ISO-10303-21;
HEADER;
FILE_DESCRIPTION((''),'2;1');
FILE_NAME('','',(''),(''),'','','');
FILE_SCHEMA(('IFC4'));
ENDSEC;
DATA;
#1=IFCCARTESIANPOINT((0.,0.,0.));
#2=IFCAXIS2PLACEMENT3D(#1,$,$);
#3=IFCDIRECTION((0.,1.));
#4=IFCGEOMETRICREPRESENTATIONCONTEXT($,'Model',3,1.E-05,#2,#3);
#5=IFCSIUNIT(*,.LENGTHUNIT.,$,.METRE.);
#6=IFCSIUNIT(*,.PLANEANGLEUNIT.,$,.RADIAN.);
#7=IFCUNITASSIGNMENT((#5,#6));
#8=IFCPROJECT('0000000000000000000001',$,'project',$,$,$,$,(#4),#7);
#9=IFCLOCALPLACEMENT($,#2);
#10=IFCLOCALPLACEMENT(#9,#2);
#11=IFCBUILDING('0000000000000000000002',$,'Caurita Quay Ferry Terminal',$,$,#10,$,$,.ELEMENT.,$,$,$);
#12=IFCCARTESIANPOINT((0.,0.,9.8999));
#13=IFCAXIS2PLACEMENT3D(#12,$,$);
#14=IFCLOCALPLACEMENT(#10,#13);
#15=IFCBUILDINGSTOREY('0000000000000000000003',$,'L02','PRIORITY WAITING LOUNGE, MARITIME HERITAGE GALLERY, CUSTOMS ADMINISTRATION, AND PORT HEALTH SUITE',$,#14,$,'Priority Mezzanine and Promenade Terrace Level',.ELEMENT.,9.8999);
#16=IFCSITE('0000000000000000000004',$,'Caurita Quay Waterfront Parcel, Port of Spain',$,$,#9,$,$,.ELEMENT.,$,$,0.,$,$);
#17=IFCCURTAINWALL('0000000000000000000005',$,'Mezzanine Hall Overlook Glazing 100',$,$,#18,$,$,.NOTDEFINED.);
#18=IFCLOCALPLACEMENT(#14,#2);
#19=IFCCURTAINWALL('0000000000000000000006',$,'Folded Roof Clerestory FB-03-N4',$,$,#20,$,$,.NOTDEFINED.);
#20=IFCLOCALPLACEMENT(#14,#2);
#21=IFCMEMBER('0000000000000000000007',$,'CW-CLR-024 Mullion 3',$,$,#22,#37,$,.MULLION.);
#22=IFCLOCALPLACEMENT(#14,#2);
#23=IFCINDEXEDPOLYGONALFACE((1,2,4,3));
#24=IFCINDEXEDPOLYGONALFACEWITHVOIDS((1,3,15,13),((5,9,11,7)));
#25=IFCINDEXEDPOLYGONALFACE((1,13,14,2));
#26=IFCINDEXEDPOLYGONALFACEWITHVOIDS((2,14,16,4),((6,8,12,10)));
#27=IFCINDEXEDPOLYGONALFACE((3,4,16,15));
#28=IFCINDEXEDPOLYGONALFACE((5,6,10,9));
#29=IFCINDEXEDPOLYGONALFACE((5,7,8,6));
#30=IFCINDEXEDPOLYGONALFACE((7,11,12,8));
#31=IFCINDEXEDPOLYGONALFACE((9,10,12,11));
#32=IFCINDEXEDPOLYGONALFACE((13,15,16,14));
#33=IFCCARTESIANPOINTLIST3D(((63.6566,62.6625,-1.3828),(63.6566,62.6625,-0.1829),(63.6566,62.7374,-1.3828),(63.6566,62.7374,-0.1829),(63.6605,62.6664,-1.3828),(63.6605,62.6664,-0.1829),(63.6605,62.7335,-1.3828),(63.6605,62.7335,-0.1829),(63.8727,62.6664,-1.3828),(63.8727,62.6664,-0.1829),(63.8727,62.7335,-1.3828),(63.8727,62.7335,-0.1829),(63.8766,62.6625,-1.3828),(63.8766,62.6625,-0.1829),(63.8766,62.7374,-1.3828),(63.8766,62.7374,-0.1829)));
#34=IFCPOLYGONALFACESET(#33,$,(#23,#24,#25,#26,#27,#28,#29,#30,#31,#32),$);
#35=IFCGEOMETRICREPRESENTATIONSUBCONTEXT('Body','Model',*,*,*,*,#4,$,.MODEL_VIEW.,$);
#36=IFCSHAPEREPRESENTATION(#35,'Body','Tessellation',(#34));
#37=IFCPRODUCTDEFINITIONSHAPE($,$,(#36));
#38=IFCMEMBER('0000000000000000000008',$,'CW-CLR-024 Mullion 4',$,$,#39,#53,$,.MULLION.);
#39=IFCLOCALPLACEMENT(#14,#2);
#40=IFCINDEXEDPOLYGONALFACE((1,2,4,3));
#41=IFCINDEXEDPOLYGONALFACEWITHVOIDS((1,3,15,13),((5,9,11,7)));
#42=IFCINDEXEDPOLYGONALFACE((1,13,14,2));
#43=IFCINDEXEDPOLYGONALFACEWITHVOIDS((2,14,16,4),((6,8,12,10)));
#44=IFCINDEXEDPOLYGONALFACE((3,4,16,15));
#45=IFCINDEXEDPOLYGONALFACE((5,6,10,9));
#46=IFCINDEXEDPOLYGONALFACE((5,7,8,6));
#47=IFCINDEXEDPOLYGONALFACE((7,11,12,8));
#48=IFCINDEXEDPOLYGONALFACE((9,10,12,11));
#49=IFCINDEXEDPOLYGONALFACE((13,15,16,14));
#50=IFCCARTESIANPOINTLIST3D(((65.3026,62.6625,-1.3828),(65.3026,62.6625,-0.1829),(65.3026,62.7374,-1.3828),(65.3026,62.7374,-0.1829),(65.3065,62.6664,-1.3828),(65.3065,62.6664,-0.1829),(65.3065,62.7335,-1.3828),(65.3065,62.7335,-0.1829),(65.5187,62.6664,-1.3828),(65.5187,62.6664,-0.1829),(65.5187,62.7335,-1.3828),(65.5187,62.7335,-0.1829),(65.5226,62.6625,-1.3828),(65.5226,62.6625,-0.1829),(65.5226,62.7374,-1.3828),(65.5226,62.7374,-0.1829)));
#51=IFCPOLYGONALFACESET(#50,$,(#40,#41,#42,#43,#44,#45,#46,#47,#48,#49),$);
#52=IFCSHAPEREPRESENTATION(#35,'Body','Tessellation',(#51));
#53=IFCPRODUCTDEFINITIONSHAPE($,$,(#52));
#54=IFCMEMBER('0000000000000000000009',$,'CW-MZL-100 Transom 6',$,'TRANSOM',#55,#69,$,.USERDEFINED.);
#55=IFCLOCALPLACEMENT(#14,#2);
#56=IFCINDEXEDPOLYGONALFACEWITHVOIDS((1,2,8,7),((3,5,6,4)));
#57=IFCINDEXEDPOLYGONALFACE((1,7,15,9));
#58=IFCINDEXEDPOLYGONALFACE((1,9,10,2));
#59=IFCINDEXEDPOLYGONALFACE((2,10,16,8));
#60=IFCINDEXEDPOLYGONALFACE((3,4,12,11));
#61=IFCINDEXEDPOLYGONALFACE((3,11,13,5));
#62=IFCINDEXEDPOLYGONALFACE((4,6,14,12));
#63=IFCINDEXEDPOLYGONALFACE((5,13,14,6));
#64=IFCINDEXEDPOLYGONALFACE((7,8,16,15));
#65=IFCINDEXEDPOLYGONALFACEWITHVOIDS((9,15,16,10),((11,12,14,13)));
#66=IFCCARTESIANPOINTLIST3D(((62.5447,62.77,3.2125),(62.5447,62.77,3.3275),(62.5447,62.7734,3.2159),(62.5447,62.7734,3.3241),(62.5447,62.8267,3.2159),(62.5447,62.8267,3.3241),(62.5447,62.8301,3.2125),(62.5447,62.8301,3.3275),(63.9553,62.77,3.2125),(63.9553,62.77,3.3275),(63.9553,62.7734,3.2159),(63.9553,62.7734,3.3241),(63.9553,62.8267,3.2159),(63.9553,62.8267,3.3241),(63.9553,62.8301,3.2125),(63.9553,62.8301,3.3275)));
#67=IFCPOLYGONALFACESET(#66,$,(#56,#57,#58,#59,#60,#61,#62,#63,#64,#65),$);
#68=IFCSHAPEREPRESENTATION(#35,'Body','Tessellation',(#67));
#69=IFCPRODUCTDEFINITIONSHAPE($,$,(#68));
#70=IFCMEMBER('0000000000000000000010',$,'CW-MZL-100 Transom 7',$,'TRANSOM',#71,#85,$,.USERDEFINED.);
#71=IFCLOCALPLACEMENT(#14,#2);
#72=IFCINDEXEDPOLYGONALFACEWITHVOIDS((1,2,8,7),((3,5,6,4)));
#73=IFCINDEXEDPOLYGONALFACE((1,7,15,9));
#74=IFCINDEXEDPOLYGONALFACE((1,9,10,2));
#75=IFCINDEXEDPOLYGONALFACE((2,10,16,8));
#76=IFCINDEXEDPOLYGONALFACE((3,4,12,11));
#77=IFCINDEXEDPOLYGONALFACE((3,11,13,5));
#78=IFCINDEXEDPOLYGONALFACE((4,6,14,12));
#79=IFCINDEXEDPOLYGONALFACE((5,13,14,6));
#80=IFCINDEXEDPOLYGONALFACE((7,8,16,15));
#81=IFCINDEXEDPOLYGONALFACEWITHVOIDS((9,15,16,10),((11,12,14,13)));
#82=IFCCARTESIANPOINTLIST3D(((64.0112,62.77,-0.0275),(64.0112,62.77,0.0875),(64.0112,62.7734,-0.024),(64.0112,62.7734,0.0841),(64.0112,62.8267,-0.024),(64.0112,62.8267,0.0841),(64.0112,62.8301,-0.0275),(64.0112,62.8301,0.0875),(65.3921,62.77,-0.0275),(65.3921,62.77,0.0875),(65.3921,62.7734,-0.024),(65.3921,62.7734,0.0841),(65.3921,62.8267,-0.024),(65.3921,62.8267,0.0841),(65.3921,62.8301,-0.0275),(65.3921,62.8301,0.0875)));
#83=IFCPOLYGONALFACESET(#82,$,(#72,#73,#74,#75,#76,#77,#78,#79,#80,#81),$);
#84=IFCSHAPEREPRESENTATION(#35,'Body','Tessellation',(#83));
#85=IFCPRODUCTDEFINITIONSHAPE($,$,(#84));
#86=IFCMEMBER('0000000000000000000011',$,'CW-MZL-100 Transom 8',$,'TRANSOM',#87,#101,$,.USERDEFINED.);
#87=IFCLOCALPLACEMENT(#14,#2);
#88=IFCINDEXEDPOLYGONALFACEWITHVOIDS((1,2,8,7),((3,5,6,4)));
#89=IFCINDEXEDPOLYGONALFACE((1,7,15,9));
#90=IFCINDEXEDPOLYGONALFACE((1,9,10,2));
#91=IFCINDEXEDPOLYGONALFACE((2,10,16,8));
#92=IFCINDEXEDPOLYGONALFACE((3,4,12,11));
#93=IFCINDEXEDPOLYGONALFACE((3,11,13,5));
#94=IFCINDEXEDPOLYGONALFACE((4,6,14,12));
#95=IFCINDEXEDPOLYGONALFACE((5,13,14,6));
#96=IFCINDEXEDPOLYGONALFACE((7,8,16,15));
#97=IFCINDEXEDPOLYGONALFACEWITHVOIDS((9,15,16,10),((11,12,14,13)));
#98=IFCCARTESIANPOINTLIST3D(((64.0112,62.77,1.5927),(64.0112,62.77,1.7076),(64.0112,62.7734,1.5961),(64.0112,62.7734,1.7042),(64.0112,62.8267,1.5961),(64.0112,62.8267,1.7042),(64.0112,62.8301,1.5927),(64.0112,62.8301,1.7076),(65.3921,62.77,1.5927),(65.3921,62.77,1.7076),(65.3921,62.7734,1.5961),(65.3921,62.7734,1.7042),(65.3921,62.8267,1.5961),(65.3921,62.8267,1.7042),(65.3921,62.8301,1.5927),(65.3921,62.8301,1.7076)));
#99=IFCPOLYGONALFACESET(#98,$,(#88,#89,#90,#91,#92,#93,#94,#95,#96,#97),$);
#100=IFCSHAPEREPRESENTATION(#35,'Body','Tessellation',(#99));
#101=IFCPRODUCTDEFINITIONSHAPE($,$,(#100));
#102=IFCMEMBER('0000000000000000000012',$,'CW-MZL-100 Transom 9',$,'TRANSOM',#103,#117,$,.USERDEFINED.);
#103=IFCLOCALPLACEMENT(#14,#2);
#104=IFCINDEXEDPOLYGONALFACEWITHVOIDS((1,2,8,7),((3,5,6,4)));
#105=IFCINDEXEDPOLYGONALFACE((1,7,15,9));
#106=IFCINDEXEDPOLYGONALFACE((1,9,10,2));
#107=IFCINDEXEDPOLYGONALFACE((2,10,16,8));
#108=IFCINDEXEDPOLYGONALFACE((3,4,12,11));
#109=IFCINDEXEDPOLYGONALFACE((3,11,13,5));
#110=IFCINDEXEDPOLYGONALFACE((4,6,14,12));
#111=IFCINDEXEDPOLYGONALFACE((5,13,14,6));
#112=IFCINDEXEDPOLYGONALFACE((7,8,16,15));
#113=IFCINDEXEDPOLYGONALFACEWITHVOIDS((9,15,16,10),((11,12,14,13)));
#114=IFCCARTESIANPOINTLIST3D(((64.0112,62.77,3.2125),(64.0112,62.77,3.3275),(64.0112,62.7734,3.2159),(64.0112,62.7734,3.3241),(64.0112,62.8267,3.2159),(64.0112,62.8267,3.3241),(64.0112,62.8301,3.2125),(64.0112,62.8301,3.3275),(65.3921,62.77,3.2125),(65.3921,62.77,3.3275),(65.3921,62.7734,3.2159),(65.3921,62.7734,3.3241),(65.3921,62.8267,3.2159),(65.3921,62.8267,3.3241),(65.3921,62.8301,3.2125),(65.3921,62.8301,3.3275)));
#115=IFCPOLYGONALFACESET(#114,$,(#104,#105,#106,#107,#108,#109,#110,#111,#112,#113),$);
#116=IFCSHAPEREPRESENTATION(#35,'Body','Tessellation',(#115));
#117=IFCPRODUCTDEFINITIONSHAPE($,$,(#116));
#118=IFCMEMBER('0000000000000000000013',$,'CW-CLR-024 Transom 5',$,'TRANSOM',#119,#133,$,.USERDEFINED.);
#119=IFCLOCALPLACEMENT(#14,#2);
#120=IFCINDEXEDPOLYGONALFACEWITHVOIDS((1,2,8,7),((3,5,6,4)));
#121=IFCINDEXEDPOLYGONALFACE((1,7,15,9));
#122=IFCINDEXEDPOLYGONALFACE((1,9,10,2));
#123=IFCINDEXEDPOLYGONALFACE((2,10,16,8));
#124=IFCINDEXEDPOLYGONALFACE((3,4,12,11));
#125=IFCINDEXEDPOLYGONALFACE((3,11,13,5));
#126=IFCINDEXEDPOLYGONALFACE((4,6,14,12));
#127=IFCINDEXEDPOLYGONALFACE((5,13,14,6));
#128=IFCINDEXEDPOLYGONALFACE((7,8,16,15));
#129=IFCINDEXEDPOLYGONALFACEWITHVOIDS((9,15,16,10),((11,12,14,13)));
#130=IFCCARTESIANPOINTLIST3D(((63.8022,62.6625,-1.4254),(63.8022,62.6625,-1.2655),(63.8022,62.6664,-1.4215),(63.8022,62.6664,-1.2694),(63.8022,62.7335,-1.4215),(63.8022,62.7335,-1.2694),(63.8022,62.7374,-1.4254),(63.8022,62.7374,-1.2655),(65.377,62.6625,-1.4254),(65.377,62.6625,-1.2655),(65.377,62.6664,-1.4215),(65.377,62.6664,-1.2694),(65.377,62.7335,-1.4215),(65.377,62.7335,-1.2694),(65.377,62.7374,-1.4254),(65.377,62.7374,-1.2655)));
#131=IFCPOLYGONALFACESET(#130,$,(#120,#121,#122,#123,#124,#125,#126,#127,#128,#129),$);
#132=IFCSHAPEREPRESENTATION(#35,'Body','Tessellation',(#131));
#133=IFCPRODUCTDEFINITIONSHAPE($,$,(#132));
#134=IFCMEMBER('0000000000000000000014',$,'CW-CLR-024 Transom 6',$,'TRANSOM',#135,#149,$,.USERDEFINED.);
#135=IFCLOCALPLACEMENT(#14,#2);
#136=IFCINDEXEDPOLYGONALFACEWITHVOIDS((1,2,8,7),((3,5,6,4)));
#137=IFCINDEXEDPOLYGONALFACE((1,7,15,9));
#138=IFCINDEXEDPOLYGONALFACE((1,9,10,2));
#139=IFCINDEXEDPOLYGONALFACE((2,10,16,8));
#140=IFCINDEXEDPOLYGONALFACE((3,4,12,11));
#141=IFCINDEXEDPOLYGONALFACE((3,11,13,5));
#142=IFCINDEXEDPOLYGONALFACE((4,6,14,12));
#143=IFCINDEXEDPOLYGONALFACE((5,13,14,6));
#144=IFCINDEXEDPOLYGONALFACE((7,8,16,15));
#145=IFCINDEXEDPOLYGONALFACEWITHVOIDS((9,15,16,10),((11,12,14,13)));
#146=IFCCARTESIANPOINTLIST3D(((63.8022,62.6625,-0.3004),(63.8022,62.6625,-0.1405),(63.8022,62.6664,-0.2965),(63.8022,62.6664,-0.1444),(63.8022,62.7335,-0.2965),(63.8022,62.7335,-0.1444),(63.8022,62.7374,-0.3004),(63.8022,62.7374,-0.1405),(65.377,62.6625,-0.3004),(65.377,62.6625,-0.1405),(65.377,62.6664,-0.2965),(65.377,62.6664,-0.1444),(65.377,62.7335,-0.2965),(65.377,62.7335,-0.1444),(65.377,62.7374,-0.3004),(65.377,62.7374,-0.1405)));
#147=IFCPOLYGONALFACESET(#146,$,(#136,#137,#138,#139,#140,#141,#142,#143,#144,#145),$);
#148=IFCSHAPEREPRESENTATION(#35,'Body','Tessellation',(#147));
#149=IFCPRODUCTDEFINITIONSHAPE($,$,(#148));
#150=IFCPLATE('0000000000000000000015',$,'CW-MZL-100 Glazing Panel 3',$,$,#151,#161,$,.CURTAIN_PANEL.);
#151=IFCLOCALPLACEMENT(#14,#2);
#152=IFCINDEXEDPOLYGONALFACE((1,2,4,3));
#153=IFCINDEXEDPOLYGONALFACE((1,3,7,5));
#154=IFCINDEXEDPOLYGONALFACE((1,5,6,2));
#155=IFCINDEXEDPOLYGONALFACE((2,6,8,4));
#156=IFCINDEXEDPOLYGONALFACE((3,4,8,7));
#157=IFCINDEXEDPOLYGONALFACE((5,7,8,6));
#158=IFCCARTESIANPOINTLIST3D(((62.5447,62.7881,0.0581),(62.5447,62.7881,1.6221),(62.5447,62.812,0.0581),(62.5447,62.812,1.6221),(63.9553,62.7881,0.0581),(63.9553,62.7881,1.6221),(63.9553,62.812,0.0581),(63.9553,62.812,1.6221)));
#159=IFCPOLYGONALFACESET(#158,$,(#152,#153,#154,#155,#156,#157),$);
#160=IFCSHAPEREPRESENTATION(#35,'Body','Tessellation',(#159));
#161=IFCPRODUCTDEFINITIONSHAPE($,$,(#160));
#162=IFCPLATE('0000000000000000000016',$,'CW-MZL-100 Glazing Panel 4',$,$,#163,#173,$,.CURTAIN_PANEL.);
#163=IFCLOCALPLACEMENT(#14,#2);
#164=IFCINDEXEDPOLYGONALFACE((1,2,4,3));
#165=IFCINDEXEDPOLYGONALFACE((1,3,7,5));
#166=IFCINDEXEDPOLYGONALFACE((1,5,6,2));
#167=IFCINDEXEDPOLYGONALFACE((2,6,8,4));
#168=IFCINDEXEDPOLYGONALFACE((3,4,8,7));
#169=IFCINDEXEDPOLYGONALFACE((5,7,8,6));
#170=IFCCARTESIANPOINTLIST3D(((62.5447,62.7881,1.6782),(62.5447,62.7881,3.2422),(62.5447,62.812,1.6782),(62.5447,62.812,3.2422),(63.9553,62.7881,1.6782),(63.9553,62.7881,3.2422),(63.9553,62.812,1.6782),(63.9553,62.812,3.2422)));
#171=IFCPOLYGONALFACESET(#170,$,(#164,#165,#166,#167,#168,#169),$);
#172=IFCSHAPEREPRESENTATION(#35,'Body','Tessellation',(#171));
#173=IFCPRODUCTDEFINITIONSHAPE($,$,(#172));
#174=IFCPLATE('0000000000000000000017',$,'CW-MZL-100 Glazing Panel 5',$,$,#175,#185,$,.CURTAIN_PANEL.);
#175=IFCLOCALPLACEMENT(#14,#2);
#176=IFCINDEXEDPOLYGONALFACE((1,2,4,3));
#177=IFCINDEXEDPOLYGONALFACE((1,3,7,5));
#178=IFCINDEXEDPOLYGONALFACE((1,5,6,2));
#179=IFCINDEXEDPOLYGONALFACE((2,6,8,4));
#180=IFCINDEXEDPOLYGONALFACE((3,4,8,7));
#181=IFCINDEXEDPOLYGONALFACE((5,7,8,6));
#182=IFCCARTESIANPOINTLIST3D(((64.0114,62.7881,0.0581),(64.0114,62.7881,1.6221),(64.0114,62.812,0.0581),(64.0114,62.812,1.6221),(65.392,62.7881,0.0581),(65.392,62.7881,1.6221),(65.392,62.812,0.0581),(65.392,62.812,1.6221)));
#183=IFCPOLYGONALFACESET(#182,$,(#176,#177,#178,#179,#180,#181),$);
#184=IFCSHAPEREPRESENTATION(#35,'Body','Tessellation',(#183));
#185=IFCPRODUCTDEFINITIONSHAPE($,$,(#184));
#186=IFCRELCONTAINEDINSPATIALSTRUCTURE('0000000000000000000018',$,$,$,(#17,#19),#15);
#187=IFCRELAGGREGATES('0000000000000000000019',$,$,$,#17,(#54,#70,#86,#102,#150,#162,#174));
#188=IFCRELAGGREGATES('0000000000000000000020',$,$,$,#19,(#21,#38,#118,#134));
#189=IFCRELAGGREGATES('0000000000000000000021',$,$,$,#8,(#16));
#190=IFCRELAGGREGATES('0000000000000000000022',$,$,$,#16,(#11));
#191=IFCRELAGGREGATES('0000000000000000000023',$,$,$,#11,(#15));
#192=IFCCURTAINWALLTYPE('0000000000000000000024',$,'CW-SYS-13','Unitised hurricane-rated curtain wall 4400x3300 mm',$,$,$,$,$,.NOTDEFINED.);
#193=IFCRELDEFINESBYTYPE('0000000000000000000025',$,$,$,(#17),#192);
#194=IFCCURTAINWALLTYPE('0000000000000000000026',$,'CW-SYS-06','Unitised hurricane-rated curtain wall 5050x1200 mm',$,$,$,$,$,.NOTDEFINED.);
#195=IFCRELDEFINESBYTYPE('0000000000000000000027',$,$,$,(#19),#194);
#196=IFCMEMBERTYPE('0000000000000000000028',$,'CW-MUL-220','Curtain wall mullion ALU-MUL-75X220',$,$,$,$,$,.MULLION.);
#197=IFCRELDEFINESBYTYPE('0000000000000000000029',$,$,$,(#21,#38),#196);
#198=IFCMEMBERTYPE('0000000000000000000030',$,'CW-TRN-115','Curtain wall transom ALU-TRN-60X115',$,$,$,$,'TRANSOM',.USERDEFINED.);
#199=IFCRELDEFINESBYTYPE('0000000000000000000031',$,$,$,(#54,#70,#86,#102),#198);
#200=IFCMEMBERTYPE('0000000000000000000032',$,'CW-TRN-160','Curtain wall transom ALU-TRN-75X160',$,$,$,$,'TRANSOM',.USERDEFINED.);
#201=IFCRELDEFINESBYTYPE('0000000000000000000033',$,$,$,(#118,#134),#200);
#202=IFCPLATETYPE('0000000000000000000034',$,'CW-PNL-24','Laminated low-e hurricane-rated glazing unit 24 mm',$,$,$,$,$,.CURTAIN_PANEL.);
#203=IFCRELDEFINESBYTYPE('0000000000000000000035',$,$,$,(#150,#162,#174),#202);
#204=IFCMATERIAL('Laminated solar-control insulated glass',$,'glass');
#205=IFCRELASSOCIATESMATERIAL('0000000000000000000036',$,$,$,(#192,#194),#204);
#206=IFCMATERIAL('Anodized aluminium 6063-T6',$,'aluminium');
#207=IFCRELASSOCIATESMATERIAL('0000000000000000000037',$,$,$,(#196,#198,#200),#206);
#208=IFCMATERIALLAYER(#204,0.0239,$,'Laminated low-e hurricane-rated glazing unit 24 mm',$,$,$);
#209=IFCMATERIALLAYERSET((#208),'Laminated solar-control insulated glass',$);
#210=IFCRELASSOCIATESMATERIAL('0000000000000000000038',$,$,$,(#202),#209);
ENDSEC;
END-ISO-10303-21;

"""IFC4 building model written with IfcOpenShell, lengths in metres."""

from ifc_helpers import new_model, si_unit, direction, frame, origin, origin_2d, place, context, subcontext, project, spatial, rectangle, hollow_rectangle, extrude, material, layer, layer_set, material_profile, profile_set, type_object, element, aggregate, save


model = new_model("IFC4")

# Units and contexts
model_context = context("Model", 3, precision=1e-05, world=origin(), true_north=direction((0.0, 1.0)))
body_context = subcontext(model_context, "Body", "Model", "MODEL_VIEW")
ifc_project = project(units=[si_unit("LENGTHUNIT", "METRE"), si_unit("PLANEANGLEUNIT", "RADIAN")], contexts=[model_context])

# Site, building, storey
site_placement = place(None, origin())
site = spatial("IfcSite", under=ifc_project, at=site_placement, Name="Caurita Quay Waterfront Parcel, Port of Spain", CompositionType="ELEMENT", RefElevation=0.0)
building_placement = place(site_placement, origin())
building = spatial("IfcBuilding", under=site, at=building_placement, Name="Caurita Quay Ferry Terminal", CompositionType="ELEMENT")
storey_placement = place(building_placement, frame((0.0, 0.0, 9.8999)))
storey = spatial("IfcBuildingStorey", under=building, at=storey_placement, Name="L02", Description="PRIORITY WAITING LOUNGE, MARITIME HERITAGE GALLERY, CUSTOMS ADMINISTRATION, AND PORT HEALTH SUITE", LongName="Priority Mezzanine and Promenade Terrace Level", CompositionType="ELEMENT", Elevation=9.8999)

# Curtain wall
ifc_material_1 = material(Name="Laminated solar-control insulated glass", Category="glass")
curtain_wall_type_1 = type_object("IfcCurtainWallType", Name="CW-SYS-13", Description="Unitised hurricane-rated curtain wall 4400x3300 mm", PredefinedType="NOTDEFINED", material=ifc_material_1)
curtain_wall_1_placement = place(storey_placement, origin())
curtain_wall_1 = element("IfcCurtainWall", 1, at=curtain_wall_1_placement, inside=storey, type_object=curtain_wall_type_1, Name="Mezzanine Hall Overlook Glazing 100", PredefinedType="NOTDEFINED")
ifc_material_2 = material(Name="Anodized aluminium 6063-T6", Category="aluminium")

# Curtain wall, members
curtain_wall_type_2 = type_object("IfcCurtainWallType", Name="CW-SYS-06", Description="Unitised hurricane-rated curtain wall 5050x1200 mm", PredefinedType="NOTDEFINED", material=ifc_material_1)
curtain_wall_2_placement = place(storey_placement, origin())
curtain_wall_2 = element("IfcCurtainWall", 2, at=curtain_wall_2_placement, inside=storey, type_object=curtain_wall_type_2, Name="Folded Roof Clerestory FB-03-N4", PredefinedType="NOTDEFINED")
ifc_material_profile_1 = material_profile(ifc_material_2, hollow_rectangle(XDim=0.075, YDim=0.22, WallThickness=0.0039, at=origin_2d()), Name="ALU-MUL-75X220")
ifc_profile_set_1 = profile_set([ifc_material_profile_1], Name="Anodized aluminium 6063-T6")
member_type_1 = type_object("IfcMemberType", Name="CW-MUL-220", Description="Curtain wall mullion ALU-MUL-75X220", PredefinedType="MULLION", material=ifc_profile_set_1)
member_1_placement = place(storey_placement, frame((63.7666, 62.7, -1.3828), z_axis=(0.0, 0.0, 1.0), x_axis=(0.0, 1.0, 0.0)))
member_1 = element("IfcMember", 3, at=member_1_placement, type_object=member_type_1, Name="CW-CLR-024 Mullion 3", PredefinedType="MULLION", context=body_context, shape_type="SweptSolid", body=[
    extrude(hollow_rectangle(XDim=0.075, YDim=0.22, WallThickness=0.0039, at=origin_2d()), origin(), (0.0, 0.0, 1.0), 1.2),
])
member_2_placement = place(storey_placement, frame((65.4126, 62.7, -1.3828), z_axis=(0.0, 0.0, 1.0), x_axis=(0.0, 1.0, 0.0)))
member_2 = element("IfcMember", 4, at=member_2_placement, type_object=member_type_1, Name="CW-CLR-024 Mullion 4", PredefinedType="MULLION", context=body_context, shape_type="SweptSolid", body=[
    extrude(hollow_rectangle(XDim=0.075, YDim=0.22, WallThickness=0.0039, at=origin_2d()), origin(), (0.0, 0.0, 1.0), 1.2),
])

# Members
ifc_material_profile_2 = material_profile(ifc_material_2, hollow_rectangle(XDim=0.0601, YDim=0.115, WallThickness=0.0034, at=origin_2d()), Name="ALU-TRN-60X115")
ifc_profile_set_2 = profile_set([ifc_material_profile_2], Name="Anodized aluminium 6063-T6")
member_type_2 = type_object("IfcMemberType", Name="CW-TRN-115", Description="Curtain wall transom ALU-TRN-60X115", ElementType="TRANSOM", PredefinedType="USERDEFINED", material=ifc_profile_set_2)
member_3_placement = place(storey_placement, frame((62.5447, 62.8, 3.27), z_axis=(1.0, 0.0, 0.0), x_axis=(0.0, 1.0, 0.0)))
member_3 = element("IfcMember", 5, at=member_3_placement, type_object=member_type_2, Name="CW-MZL-100 Transom 6", ObjectType="TRANSOM", PredefinedType="USERDEFINED", context=body_context, shape_type="SweptSolid", body=[
    extrude(hollow_rectangle(XDim=0.0601, YDim=0.115, WallThickness=0.0034, at=origin_2d()), origin(), (0.0, 0.0, 1.0), 1.4106),
])
member_4_placement = place(storey_placement, frame((64.0112, 62.8, 0.03), z_axis=(1.0, 0.0, 0.0), x_axis=(0.0, 1.0, 0.0)))
member_4 = element("IfcMember", 6, at=member_4_placement, type_object=member_type_2, Name="CW-MZL-100 Transom 7", ObjectType="TRANSOM", PredefinedType="USERDEFINED", context=body_context, shape_type="SweptSolid", body=[
    extrude(hollow_rectangle(XDim=0.0601, YDim=0.115, WallThickness=0.0034, at=origin_2d()), origin(), (0.0, 0.0, 1.0), 1.3809),
])
member_5_placement = place(storey_placement, frame((64.0112, 62.8, 1.6501), z_axis=(1.0, 0.0, 0.0), x_axis=(0.0, 1.0, 0.0)))
member_5 = element("IfcMember", 7, at=member_5_placement, type_object=member_type_2, Name="CW-MZL-100 Transom 8", ObjectType="TRANSOM", PredefinedType="USERDEFINED", context=body_context, shape_type="SweptSolid", body=[
    extrude(hollow_rectangle(XDim=0.0601, YDim=0.115, WallThickness=0.0034, at=origin_2d()), origin(), (0.0, 0.0, 1.0), 1.3809),
])
member_6_placement = place(storey_placement, frame((64.0112, 62.8, 3.27), z_axis=(1.0, 0.0, 0.0), x_axis=(0.0, 1.0, 0.0)))
member_6 = element("IfcMember", 8, at=member_6_placement, type_object=member_type_2, Name="CW-MZL-100 Transom 9", ObjectType="TRANSOM", PredefinedType="USERDEFINED", context=body_context, shape_type="SweptSolid", body=[
    extrude(hollow_rectangle(XDim=0.0601, YDim=0.115, WallThickness=0.0034, at=origin_2d()), origin(), (0.0, 0.0, 1.0), 1.3809),
])
ifc_material_profile_3 = material_profile(ifc_material_2, hollow_rectangle(XDim=0.075, YDim=0.1599, WallThickness=0.0039, at=origin_2d()), Name="ALU-TRN-75X160")
ifc_profile_set_3 = profile_set([ifc_material_profile_3], Name="Anodized aluminium 6063-T6")
member_type_3 = type_object("IfcMemberType", Name="CW-TRN-160", Description="Curtain wall transom ALU-TRN-75X160", ElementType="TRANSOM", PredefinedType="USERDEFINED", material=ifc_profile_set_3)
member_7_placement = place(storey_placement, frame((63.8022, 62.7, -1.3455), z_axis=(1.0, 0.0, 0.0), x_axis=(0.0, 1.0, 0.0)))
member_7 = element("IfcMember", 9, at=member_7_placement, type_object=member_type_3, Name="CW-CLR-024 Transom 5", ObjectType="TRANSOM", PredefinedType="USERDEFINED", context=body_context, shape_type="SweptSolid", body=[
    extrude(hollow_rectangle(XDim=0.075, YDim=0.1599, WallThickness=0.0039, at=origin_2d()), origin(), (0.0, 0.0, 1.0), 1.5747),
])
member_8_placement = place(storey_placement, frame((63.8022, 62.7, -0.2205), z_axis=(1.0, 0.0, 0.0), x_axis=(0.0, 1.0, 0.0)))
member_8 = element("IfcMember", 10, at=member_8_placement, type_object=member_type_3, Name="CW-CLR-024 Transom 6", ObjectType="TRANSOM", PredefinedType="USERDEFINED", context=body_context, shape_type="SweptSolid", body=[
    extrude(hollow_rectangle(XDim=0.075, YDim=0.1599, WallThickness=0.0039, at=origin_2d()), origin(), (0.0, 0.0, 1.0), 1.5747),
])

# Plates
ifc_layer_1 = layer(ifc_material_1, 0.0239, Name="Laminated low-e hurricane-rated glazing unit 24 mm")
ifc_layer_set_1 = layer_set([ifc_layer_1], Name="Laminated solar-control insulated glass")
plate_type_1 = type_object("IfcPlateType", Name="CW-PNL-24", Description="Laminated low-e hurricane-rated glazing unit 24 mm", PredefinedType="CURTAIN_PANEL", material=ifc_layer_set_1)
plate_1_placement = place(storey_placement, frame((63.25, 62.8, 0.0581), z_axis=(0.0, 0.0, 1.0), x_axis=(1.0, 0.0, 0.0)))
plate_1 = element("IfcPlate", 11, at=plate_1_placement, type_object=plate_type_1, Name="CW-MZL-100 Glazing Panel 3", PredefinedType="CURTAIN_PANEL", context=body_context, shape_type="SweptSolid", body=[
    extrude(rectangle(XDim=1.4106, YDim=0.0239, at=origin_2d()), origin(), (0.0, 0.0, 1.0), 1.564),
])
plate_2_placement = place(storey_placement, frame((63.25, 62.8, 1.6782), z_axis=(0.0, 0.0, 1.0), x_axis=(1.0, 0.0, 0.0)))
plate_2 = element("IfcPlate", 12, at=plate_2_placement, type_object=plate_type_1, Name="CW-MZL-100 Glazing Panel 4", PredefinedType="CURTAIN_PANEL", context=body_context, shape_type="SweptSolid", body=[
    extrude(rectangle(XDim=1.4106, YDim=0.0239, at=origin_2d()), origin(), (0.0, 0.0, 1.0), 1.564),
])
plate_3_placement = place(storey_placement, frame((64.7017, 62.8, 0.0581), z_axis=(0.0, 0.0, 1.0), x_axis=(1.0, 0.0, 0.0)))
plate_3 = element("IfcPlate", 13, at=plate_3_placement, type_object=plate_type_1, Name="CW-MZL-100 Glazing Panel 5", PredefinedType="CURTAIN_PANEL", context=body_context, shape_type="SweptSolid", body=[
    extrude(rectangle(XDim=1.3806, YDim=0.0239, at=origin_2d()), origin(), (0.0, 0.0, 1.0), 1.564),
])
aggregate(curtain_wall_1, [member_3, member_4, member_5, member_6, plate_1, plate_2, plate_3])
aggregate(curtain_wall_2, [member_1, member_2, member_7, member_8])

save(model, "model.ifc")
